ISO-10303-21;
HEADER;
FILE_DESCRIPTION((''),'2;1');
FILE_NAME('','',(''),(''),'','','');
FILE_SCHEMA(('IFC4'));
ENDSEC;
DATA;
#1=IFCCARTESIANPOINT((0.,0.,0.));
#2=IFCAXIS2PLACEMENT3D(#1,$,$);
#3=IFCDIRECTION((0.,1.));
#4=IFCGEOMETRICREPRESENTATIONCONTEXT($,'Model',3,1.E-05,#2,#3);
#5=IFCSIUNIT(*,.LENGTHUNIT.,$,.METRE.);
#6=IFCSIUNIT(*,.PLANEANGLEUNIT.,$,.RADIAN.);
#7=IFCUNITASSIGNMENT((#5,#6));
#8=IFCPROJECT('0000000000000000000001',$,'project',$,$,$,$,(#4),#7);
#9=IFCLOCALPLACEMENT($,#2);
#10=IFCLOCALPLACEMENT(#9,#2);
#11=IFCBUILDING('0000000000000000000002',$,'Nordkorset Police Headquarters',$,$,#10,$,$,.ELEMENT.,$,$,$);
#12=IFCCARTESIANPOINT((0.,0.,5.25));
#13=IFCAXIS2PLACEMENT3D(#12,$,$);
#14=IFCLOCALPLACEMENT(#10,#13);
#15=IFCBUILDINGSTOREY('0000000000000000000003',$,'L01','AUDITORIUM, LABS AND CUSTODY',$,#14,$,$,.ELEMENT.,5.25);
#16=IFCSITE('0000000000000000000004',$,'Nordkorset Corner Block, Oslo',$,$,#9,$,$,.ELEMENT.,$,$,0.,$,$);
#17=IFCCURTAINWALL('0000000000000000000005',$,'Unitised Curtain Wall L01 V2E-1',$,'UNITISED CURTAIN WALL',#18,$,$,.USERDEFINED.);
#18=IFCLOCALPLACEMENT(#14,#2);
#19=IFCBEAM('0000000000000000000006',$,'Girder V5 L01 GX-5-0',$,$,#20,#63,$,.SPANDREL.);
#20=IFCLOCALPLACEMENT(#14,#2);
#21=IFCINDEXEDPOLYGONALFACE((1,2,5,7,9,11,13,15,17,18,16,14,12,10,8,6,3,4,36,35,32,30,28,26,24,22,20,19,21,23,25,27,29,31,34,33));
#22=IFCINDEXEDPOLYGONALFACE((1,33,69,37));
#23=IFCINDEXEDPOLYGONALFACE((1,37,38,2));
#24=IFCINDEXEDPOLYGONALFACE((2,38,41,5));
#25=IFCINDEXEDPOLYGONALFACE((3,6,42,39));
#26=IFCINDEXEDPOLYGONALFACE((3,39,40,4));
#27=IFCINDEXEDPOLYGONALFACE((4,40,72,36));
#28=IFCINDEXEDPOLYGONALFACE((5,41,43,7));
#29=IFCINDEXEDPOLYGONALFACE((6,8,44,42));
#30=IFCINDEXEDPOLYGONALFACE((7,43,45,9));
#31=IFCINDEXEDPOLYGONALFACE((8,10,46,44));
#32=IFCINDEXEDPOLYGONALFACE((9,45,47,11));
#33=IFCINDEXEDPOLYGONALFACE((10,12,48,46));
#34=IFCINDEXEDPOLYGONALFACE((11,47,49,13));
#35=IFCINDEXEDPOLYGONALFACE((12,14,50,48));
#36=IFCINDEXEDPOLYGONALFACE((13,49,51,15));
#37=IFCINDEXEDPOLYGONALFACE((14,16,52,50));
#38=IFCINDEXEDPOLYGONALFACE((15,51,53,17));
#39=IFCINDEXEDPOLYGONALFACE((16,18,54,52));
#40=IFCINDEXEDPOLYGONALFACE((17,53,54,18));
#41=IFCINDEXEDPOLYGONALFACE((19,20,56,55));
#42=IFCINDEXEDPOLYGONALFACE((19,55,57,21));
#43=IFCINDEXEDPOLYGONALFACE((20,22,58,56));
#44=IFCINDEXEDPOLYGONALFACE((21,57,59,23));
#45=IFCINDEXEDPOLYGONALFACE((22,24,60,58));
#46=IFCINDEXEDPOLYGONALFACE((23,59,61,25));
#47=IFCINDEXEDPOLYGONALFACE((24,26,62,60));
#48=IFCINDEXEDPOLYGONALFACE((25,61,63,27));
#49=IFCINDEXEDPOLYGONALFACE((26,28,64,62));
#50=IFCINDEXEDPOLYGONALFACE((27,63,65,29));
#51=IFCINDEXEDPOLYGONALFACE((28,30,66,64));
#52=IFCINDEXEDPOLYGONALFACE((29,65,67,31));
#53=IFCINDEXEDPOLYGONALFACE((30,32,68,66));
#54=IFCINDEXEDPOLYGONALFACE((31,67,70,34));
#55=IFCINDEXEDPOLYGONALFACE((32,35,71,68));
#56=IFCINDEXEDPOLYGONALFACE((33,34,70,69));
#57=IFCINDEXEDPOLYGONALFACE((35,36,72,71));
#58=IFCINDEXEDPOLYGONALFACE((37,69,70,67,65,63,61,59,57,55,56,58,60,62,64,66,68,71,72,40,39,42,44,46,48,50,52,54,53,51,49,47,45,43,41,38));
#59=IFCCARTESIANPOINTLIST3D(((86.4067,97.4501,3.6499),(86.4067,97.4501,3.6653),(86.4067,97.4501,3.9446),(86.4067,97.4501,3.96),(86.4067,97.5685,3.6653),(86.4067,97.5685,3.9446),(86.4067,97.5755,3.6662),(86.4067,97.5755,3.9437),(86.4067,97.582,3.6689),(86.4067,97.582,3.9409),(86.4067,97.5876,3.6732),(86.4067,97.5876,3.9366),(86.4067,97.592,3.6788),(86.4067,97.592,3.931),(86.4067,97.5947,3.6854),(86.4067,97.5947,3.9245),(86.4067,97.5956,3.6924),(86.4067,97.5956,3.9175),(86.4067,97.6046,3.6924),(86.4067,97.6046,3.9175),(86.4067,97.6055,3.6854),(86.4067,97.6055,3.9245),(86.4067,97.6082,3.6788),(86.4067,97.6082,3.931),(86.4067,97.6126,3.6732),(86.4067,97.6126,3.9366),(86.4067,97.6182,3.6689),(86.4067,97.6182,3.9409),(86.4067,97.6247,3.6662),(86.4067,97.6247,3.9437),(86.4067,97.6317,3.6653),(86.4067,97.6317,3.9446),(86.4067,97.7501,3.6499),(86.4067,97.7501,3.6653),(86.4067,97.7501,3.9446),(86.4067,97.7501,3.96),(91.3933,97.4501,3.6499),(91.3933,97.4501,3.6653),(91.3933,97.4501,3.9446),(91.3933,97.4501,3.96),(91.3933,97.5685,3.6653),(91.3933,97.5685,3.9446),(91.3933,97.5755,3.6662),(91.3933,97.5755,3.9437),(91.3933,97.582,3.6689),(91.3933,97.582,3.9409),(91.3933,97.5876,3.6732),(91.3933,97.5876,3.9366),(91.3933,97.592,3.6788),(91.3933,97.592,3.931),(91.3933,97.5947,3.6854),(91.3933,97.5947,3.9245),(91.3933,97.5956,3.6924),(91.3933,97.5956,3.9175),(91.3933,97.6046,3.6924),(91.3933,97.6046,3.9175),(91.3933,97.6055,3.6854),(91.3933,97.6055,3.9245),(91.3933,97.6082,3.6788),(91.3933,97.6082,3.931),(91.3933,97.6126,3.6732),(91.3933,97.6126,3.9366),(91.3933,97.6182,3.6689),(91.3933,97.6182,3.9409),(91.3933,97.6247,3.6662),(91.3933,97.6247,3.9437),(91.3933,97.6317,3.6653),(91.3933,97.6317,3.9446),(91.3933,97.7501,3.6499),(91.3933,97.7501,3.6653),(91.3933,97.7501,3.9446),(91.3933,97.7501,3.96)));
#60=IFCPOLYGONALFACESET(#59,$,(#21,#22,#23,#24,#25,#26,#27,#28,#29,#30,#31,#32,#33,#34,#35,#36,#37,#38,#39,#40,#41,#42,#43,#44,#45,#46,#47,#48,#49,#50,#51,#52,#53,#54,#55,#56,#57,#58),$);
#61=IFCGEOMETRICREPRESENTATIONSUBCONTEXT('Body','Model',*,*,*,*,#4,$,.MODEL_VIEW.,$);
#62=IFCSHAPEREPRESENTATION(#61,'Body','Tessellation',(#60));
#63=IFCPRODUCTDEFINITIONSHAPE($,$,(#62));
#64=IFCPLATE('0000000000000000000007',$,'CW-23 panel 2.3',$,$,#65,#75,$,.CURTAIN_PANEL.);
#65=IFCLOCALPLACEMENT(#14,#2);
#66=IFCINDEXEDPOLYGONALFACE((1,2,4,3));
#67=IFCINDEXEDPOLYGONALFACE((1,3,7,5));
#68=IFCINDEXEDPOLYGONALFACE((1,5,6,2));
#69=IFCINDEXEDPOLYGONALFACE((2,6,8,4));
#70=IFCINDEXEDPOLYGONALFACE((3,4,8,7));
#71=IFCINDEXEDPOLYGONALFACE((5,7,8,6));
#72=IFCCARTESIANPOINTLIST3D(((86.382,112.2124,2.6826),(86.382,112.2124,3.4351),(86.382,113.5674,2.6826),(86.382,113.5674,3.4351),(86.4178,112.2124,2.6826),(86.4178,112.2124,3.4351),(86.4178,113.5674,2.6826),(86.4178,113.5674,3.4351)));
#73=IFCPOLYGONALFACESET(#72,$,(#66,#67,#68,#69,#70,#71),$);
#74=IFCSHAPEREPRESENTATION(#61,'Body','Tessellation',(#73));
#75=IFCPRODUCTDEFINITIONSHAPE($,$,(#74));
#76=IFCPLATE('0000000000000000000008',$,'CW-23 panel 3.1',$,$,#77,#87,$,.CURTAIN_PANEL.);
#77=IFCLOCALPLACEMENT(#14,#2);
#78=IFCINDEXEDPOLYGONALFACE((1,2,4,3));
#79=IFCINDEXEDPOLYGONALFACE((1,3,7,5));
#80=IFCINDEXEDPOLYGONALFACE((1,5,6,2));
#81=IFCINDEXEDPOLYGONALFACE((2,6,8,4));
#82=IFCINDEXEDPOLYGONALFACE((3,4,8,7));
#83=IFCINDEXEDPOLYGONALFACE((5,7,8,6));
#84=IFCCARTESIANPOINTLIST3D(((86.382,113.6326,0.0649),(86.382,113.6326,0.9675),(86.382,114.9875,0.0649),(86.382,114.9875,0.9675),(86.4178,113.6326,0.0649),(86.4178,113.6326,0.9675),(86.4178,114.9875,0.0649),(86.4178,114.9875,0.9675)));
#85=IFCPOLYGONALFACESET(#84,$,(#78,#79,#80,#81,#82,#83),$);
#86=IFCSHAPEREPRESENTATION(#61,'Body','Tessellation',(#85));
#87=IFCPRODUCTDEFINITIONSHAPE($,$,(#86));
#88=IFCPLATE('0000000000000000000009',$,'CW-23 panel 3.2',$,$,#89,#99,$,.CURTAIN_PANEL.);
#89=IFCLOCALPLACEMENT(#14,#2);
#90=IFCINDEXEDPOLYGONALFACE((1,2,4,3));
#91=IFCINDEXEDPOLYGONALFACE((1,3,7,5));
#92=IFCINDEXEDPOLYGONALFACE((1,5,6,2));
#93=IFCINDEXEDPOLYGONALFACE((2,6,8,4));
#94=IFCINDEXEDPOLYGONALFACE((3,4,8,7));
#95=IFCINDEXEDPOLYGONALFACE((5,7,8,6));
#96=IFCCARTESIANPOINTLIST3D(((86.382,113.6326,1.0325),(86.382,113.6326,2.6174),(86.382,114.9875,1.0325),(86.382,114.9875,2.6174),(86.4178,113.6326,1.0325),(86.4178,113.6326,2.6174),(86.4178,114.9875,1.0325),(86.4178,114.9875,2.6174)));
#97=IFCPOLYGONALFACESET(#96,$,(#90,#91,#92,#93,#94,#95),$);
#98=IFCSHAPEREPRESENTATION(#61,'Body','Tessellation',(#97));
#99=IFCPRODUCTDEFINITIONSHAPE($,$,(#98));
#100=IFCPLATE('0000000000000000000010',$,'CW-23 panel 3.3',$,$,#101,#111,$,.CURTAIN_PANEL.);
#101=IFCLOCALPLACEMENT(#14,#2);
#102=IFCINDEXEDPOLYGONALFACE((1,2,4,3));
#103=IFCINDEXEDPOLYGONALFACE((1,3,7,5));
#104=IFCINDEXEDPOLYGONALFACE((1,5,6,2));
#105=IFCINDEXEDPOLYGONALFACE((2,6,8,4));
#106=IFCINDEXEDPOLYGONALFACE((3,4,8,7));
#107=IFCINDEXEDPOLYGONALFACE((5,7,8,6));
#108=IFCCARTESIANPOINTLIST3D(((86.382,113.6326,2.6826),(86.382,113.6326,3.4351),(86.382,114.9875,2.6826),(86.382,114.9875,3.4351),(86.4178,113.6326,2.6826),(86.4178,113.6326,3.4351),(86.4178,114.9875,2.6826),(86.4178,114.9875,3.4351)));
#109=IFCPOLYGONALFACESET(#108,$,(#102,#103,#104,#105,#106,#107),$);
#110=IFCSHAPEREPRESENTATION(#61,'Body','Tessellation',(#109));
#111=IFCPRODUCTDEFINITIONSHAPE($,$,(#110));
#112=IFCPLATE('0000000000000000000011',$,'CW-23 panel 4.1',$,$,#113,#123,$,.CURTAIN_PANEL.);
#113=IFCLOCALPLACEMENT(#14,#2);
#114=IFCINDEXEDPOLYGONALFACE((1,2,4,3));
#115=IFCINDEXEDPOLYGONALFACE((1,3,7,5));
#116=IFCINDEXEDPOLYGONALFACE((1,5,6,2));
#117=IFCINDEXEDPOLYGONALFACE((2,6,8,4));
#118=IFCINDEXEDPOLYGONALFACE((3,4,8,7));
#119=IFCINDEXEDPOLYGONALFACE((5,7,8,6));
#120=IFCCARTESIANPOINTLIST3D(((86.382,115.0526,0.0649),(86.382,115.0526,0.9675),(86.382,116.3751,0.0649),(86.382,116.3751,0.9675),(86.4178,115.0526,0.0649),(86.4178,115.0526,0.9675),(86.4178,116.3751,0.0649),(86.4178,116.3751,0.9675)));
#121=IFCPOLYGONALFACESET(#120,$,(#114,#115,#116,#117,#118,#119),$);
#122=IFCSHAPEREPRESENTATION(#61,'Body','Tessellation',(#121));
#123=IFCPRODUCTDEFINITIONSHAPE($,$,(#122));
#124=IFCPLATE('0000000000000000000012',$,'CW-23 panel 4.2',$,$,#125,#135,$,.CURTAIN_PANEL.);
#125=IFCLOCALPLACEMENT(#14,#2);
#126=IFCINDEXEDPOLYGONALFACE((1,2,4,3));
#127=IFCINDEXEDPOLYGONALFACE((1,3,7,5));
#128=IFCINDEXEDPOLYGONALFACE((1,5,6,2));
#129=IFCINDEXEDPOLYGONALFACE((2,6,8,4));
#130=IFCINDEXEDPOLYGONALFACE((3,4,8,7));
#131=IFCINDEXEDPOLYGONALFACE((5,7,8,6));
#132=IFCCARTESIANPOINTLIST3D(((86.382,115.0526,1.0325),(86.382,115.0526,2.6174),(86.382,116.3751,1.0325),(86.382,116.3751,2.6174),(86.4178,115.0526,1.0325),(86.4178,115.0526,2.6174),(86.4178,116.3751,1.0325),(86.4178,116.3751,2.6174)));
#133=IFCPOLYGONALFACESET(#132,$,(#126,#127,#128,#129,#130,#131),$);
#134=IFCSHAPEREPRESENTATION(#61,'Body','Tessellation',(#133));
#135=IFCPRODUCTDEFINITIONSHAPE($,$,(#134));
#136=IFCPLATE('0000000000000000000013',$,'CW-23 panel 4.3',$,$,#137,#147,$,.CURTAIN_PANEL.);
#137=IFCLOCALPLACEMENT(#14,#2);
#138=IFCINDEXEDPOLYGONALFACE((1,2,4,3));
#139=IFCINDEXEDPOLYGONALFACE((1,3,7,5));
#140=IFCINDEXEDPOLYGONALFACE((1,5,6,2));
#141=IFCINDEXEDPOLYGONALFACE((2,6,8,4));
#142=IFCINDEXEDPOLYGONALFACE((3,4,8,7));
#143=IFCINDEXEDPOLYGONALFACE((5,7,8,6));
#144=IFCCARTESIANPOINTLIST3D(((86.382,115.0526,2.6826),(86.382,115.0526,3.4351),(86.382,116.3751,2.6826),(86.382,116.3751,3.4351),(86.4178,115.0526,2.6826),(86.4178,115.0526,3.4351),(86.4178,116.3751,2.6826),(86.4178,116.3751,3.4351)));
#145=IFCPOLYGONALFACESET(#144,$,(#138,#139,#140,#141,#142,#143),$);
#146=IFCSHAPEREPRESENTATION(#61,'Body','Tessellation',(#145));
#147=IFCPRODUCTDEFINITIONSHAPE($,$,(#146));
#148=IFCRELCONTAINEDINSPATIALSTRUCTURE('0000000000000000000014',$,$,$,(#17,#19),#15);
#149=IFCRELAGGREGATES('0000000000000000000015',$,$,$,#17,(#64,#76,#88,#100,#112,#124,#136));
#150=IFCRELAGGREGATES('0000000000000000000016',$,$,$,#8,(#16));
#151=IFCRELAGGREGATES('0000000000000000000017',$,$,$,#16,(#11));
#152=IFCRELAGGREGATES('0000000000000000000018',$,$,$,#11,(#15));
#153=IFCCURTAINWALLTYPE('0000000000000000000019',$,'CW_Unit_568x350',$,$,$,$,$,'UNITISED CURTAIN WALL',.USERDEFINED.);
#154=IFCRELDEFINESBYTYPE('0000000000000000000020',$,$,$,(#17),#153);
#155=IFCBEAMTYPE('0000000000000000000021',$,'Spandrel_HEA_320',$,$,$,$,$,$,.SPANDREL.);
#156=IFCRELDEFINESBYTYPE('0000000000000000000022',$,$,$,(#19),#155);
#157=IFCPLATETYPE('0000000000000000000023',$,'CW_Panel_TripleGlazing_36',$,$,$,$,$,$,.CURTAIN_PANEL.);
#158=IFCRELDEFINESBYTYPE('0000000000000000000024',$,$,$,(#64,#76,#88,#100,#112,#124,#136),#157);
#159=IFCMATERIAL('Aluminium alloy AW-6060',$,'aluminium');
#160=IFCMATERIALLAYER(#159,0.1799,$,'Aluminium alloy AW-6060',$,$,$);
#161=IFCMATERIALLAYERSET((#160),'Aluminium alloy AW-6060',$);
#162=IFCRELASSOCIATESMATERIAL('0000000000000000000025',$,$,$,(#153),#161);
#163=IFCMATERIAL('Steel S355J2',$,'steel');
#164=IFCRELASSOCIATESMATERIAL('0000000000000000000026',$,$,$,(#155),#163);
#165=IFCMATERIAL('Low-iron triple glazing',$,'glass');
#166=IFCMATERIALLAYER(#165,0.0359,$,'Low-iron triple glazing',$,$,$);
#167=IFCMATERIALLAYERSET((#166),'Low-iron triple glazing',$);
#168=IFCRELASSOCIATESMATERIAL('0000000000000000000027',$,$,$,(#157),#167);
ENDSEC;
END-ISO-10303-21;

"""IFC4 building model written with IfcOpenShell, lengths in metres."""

from ifc_helpers import new_model, si_unit, direction, frame, origin, origin_2d, place, context, subcontext, project, spatial, rectangle, i_section, extrude, material, layer, layer_set, material_profile, profile_set, type_object, element, aggregate, save


model = new_model("IFC4")

# Units and contexts
model_context = context("Model", 3, precision=1e-05, world=origin(), true_north=direction((0.0, 1.0)))
body_context = subcontext(model_context, "Body", "Model", "MODEL_VIEW")
ifc_project = project(units=[si_unit("LENGTHUNIT", "METRE"), si_unit("PLANEANGLEUNIT", "RADIAN")], contexts=[model_context])

# Site, building, storey
site_placement = place(None, origin())
site = spatial("IfcSite", under=ifc_project, at=site_placement, Name="Nordkorset Corner Block, Oslo", CompositionType="ELEMENT", RefElevation=0.0)
building_placement = place(site_placement, origin())
building = spatial("IfcBuilding", under=site, at=building_placement, Name="Nordkorset Police Headquarters", CompositionType="ELEMENT")
storey_placement = place(building_placement, frame((0.0, 0.0, 5.25)))
storey = spatial("IfcBuildingStorey", under=building, at=storey_placement, Name="L01", Description="AUDITORIUM, LABS AND CUSTODY", CompositionType="ELEMENT", Elevation=5.25)

# Curtain wall
ifc_material_1 = material(Name="Aluminium alloy AW-6060", Category="aluminium")
ifc_layer_1 = layer(ifc_material_1, 0.1799, Name="Aluminium alloy AW-6060")
ifc_layer_set_1 = layer_set([ifc_layer_1], Name="Aluminium alloy AW-6060")
curtain_wall_type = type_object("IfcCurtainWallType", Name="CW_Unit_568x350", ElementType="UNITISED CURTAIN WALL", PredefinedType="USERDEFINED", material=ifc_layer_set_1)
curtain_wall_placement = place(storey_placement, origin())
curtain_wall = element("IfcCurtainWall", 1, at=curtain_wall_placement, inside=storey, type_object=curtain_wall_type, Name="Unitised Curtain Wall L01 V2E-1", ObjectType="UNITISED CURTAIN WALL", PredefinedType="USERDEFINED")

# Beam
ifc_material_2 = material(Name="Steel S355J2", Category="steel")
ifc_material_profile_1 = material_profile(ifc_material_2, i_section(OverallWidth=0.3, OverallDepth=0.3101, WebThickness=0.009, FlangeThickness=0.0154, FilletRadius=0.0271, at=origin_2d()), Name="HEA 320")
ifc_profile_set_1 = profile_set([ifc_material_profile_1], Name="Steel S355J2")
beam_type_1 = type_object("IfcBeamType", Name="Spandrel_HEA_320", PredefinedType="SPANDREL", material=ifc_profile_set_1)
beam_1_placement = place(storey_placement, frame((86.4067, 97.6001, 3.8049), z_axis=(1.0, 0.0, 0.0), x_axis=(0.0, 1.0, 0.0)))
element("IfcBeam", 2, at=beam_1_placement, inside=storey, type_object=beam_type_1, Name="Girder V5 L01 GX-5-0", PredefinedType="SPANDREL", context=body_context, shape_type="SweptSolid", body=[
    extrude(i_section(OverallWidth=0.3, OverallDepth=0.3101, WebThickness=0.009, FlangeThickness=0.0154, FilletRadius=0.0271, at=origin_2d()), origin(), (0.0, 0.0, 1.0), 4.9866),
])

# Plates
ifc_material_3 = material(Name="Low-iron triple glazing", Category="glass")
ifc_layer_2 = layer(ifc_material_3, 0.0359, Name="Low-iron triple glazing")
ifc_layer_set_2 = layer_set([ifc_layer_2], Name="Low-iron triple glazing")
plate_type = type_object("IfcPlateType", Name="CW_Panel_TripleGlazing_36", PredefinedType="CURTAIN_PANEL", material=ifc_layer_set_2)
plate_1_placement = place(storey_placement, frame((86.3999, 112.8899, 2.6826), z_axis=(0.0, 0.0, 1.0), x_axis=(0.0, 1.0, 0.0)))
plate_1 = element("IfcPlate", 3, at=plate_1_placement, type_object=plate_type, Name="CW-23 panel 2.3", PredefinedType="CURTAIN_PANEL", context=body_context, shape_type="SweptSolid", body=[
    extrude(rectangle(XDim=1.355, YDim=0.0359, at=origin_2d()), origin(), (0.0, 0.0, 1.0), 0.7524),
])
plate_2_placement = place(storey_placement, frame((86.3999, 114.3101, 0.0649), z_axis=(0.0, 0.0, 1.0), x_axis=(0.0, 1.0, 0.0)))
plate_2 = element("IfcPlate", 4, at=plate_2_placement, type_object=plate_type, Name="CW-23 panel 3.1", PredefinedType="CURTAIN_PANEL", context=body_context, shape_type="SweptSolid", body=[
    extrude(rectangle(XDim=1.355, YDim=0.0359, at=origin_2d()), origin(), (0.0, 0.0, 1.0), 0.9026),
])
plate_3_placement = place(storey_placement, frame((86.3999, 114.3101, 1.0325), z_axis=(0.0, 0.0, 1.0), x_axis=(0.0, 1.0, 0.0)))
plate_3 = element("IfcPlate", 5, at=plate_3_placement, type_object=plate_type, Name="CW-23 panel 3.2", PredefinedType="CURTAIN_PANEL", context=body_context, shape_type="SweptSolid", body=[
    extrude(rectangle(XDim=1.355, YDim=0.0359, at=origin_2d()), origin(), (0.0, 0.0, 1.0), 1.585),
])
plate_4_placement = place(storey_placement, frame((86.3999, 114.3101, 2.6826), z_axis=(0.0, 0.0, 1.0), x_axis=(0.0, 1.0, 0.0)))
plate_4 = element("IfcPlate", 6, at=plate_4_placement, type_object=plate_type, Name="CW-23 panel 3.3", PredefinedType="CURTAIN_PANEL", context=body_context, shape_type="SweptSolid", body=[
    extrude(rectangle(XDim=1.355, YDim=0.0359, at=origin_2d()), origin(), (0.0, 0.0, 1.0), 0.7524),
])
plate_5_placement = place(storey_placement, frame((86.3999, 115.7139, 0.0649), z_axis=(0.0, 0.0, 1.0), x_axis=(0.0, 1.0, 0.0)))
plate_5 = element("IfcPlate", 7, at=plate_5_placement, type_object=plate_type, Name="CW-23 panel 4.1", PredefinedType="CURTAIN_PANEL", context=body_context, shape_type="SweptSolid", body=[
    extrude(rectangle(XDim=1.3225, YDim=0.0359, at=origin_2d()), origin(), (0.0, 0.0, 1.0), 0.9026),
])
plate_6_placement = place(storey_placement, frame((86.3999, 115.7139, 1.0325), z_axis=(0.0, 0.0, 1.0), x_axis=(0.0, 1.0, 0.0)))
plate_6 = element("IfcPlate", 8, at=plate_6_placement, type_object=plate_type, Name="CW-23 panel 4.2", PredefinedType="CURTAIN_PANEL", context=body_context, shape_type="SweptSolid", body=[
    extrude(rectangle(XDim=1.3225, YDim=0.0359, at=origin_2d()), origin(), (0.0, 0.0, 1.0), 1.585),
])
plate_7_placement = place(storey_placement, frame((86.3999, 115.7139, 2.6826), z_axis=(0.0, 0.0, 1.0), x_axis=(0.0, 1.0, 0.0)))
plate_7 = element("IfcPlate", 9, at=plate_7_placement, type_object=plate_type, Name="CW-23 panel 4.3", PredefinedType="CURTAIN_PANEL", context=body_context, shape_type="SweptSolid", body=[
    extrude(rectangle(XDim=1.3225, YDim=0.0359, at=origin_2d()), origin(), (0.0, 0.0, 1.0), 0.7524),
])
aggregate(curtain_wall, [plate_1, plate_2, plate_3, plate_4, plate_5, plate_6, plate_7])

save(model, "model.ifc")
